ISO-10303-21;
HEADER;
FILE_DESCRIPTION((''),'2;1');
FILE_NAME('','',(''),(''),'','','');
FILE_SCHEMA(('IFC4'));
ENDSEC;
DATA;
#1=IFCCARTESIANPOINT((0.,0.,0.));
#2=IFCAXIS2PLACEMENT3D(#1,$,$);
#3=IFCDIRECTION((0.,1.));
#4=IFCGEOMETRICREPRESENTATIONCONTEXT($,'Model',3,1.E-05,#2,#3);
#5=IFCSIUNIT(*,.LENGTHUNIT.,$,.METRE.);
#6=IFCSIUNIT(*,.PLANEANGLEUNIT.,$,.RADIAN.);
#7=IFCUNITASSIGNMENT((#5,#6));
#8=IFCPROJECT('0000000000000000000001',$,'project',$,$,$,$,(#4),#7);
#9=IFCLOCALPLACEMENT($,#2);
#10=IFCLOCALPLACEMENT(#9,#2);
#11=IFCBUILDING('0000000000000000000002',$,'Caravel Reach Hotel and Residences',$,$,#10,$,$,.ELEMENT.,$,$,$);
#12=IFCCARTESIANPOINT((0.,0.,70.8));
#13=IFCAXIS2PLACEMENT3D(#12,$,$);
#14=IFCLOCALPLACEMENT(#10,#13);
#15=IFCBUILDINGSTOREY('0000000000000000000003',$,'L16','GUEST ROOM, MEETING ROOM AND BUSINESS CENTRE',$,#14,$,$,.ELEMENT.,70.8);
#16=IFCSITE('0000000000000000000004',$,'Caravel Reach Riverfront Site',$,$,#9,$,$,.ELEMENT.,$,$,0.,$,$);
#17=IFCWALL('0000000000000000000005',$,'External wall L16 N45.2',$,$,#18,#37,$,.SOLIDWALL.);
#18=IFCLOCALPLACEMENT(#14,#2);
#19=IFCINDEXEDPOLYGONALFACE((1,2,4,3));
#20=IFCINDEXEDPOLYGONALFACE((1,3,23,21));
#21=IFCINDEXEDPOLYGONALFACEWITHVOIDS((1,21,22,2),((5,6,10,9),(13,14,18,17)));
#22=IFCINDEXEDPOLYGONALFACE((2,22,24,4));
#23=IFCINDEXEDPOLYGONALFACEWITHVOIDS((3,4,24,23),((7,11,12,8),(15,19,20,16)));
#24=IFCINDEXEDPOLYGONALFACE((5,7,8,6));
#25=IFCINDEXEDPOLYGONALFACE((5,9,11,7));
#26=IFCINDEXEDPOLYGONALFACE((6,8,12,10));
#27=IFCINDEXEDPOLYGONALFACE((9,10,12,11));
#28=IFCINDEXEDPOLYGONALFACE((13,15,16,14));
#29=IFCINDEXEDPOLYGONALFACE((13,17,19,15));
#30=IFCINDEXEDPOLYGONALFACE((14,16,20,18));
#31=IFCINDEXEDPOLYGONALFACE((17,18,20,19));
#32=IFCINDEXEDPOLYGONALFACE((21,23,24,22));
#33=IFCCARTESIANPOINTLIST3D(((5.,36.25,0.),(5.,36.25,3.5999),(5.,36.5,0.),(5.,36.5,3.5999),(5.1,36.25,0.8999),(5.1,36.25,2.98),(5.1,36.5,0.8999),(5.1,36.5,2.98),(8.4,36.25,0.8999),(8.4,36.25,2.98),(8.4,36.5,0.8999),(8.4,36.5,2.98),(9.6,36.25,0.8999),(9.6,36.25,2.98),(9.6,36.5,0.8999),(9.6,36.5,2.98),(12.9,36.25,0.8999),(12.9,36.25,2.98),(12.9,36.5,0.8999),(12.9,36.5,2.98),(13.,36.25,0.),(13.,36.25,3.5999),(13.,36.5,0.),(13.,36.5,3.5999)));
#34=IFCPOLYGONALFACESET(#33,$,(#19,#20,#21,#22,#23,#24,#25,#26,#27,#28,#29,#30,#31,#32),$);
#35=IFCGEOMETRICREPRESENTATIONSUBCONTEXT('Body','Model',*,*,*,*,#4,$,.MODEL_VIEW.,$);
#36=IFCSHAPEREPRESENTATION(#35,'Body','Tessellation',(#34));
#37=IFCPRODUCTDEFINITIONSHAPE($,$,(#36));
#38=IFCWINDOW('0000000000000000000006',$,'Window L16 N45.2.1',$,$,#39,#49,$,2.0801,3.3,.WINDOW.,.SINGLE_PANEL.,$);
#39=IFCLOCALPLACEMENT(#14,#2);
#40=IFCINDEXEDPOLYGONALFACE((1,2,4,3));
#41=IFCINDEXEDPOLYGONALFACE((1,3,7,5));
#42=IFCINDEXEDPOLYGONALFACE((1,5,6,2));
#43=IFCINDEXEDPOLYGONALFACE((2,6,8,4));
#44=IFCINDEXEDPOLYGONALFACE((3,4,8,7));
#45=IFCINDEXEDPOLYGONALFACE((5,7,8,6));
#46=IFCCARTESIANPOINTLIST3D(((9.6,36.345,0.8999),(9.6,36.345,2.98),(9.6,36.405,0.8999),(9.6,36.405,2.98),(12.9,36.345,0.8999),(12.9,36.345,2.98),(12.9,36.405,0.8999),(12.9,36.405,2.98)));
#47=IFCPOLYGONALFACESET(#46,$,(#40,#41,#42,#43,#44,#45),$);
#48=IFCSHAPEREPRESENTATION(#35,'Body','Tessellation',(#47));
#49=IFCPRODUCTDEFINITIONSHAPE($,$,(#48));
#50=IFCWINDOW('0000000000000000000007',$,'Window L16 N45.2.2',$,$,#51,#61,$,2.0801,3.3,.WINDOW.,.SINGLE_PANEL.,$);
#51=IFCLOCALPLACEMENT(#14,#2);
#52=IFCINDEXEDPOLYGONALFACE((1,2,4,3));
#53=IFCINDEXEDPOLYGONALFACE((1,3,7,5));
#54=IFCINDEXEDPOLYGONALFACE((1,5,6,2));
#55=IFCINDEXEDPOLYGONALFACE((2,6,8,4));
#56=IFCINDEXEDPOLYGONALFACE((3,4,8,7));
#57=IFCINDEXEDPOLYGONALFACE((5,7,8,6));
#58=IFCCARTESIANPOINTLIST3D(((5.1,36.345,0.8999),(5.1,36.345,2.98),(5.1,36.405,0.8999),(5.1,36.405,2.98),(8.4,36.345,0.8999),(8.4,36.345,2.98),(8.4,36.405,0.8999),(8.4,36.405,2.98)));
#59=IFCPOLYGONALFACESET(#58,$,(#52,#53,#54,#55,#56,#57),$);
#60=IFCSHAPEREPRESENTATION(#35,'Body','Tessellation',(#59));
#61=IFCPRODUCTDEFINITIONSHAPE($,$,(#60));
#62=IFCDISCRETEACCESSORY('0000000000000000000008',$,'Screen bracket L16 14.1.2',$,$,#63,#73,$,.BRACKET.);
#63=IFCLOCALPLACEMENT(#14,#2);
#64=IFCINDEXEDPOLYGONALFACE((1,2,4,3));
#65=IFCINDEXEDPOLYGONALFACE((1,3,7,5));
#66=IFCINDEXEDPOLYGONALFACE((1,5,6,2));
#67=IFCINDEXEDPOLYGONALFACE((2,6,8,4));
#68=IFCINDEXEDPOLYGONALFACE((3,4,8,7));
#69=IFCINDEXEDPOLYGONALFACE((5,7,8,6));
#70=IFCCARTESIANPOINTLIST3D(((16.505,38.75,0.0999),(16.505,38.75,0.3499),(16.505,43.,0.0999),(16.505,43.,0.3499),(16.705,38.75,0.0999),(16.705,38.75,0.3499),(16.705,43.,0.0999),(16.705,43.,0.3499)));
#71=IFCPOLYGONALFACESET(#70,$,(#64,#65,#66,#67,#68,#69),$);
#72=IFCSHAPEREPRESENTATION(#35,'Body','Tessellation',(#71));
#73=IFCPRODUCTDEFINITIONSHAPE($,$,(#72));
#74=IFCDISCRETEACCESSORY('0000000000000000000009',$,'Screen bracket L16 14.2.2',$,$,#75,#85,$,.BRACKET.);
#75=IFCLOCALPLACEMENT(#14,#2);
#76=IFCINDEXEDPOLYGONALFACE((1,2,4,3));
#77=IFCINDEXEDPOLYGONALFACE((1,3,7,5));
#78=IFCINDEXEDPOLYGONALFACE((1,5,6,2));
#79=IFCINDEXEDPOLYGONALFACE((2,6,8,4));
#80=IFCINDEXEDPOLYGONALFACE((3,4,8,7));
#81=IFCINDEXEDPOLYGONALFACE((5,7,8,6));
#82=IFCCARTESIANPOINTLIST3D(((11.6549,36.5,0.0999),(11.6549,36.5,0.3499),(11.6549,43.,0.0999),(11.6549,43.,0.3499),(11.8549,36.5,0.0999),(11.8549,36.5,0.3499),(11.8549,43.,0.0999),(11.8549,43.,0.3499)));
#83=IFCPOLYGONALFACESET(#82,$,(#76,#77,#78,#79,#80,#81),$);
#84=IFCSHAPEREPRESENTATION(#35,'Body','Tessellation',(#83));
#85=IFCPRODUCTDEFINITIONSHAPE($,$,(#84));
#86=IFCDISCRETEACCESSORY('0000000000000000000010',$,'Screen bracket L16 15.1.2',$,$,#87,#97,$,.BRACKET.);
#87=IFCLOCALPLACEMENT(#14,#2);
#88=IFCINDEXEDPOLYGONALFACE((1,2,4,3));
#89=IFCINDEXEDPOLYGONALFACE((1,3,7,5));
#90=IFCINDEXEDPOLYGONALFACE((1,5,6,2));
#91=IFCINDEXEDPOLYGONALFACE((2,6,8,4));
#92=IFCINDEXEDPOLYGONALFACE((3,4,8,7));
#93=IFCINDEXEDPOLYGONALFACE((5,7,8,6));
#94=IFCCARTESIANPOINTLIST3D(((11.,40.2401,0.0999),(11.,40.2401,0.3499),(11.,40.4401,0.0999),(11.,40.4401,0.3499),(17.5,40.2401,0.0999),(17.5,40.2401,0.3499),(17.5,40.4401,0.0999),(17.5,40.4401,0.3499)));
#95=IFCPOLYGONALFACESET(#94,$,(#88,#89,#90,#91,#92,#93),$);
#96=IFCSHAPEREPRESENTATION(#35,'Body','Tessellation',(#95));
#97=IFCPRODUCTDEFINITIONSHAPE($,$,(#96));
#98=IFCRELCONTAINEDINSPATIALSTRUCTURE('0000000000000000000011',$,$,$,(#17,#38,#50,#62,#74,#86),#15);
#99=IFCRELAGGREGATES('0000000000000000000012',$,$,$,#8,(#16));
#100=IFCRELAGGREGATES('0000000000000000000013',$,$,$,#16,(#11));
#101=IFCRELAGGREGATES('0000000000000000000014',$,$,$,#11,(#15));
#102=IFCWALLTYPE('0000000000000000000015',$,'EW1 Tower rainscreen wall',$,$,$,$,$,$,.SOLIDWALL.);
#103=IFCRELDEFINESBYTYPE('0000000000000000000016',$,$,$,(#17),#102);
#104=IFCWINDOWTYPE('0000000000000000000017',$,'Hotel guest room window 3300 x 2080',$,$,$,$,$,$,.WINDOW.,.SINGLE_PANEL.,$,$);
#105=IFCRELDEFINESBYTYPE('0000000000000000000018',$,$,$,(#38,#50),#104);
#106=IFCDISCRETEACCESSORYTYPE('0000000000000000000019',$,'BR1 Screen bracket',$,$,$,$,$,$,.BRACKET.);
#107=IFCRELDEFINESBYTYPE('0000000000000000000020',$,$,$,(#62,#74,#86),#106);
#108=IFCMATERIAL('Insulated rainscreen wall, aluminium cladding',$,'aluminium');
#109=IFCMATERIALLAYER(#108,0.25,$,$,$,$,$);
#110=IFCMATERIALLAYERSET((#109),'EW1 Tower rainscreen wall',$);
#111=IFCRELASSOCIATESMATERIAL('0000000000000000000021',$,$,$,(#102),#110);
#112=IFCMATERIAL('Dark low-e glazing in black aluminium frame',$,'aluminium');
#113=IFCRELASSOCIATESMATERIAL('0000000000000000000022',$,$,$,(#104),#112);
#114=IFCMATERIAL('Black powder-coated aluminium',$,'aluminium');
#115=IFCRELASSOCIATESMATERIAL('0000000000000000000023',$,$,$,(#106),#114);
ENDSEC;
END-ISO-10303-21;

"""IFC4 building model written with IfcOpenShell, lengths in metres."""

from ifc_helpers import new_model, si_unit, direction, frame, frame_2d, origin, origin_2d, place, context, subcontext, project, spatial, rectangle, extrude, material, layer, layer_set, type_object, element, fill, save


model = new_model("IFC4")

# Units and contexts
model_context = context("Model", 3, precision=1e-05, world=origin(), true_north=direction((0.0, 1.0)))
body_context = subcontext(model_context, "Body", "Model", "MODEL_VIEW")
ifc_project = project(units=[si_unit("LENGTHUNIT", "METRE"), si_unit("PLANEANGLEUNIT", "RADIAN")], contexts=[model_context])

# Site, building, storey
site_placement = place(None, origin())
site = spatial("IfcSite", under=ifc_project, at=site_placement, Name="Caravel Reach Riverfront Site", CompositionType="ELEMENT", RefElevation=0.0)
building_placement = place(site_placement, origin())
building = spatial("IfcBuilding", under=site, at=building_placement, Name="Caravel Reach Hotel and Residences", CompositionType="ELEMENT")
storey_placement = place(building_placement, frame((0.0, 0.0, 70.8)))
storey = spatial("IfcBuildingStorey", under=building, at=storey_placement, Name="L16", Description="GUEST ROOM, MEETING ROOM AND BUSINESS CENTRE", CompositionType="ELEMENT", Elevation=70.8)

# Shared definitions
ifc_material_1 = material(Name="Insulated rainscreen wall, aluminium cladding", Category="aluminium")
ifc_layer = layer(ifc_material_1, 0.25)
ifc_layer_set = layer_set([ifc_layer], Name="EW1 Tower rainscreen wall")
wall_type = type_object("IfcWallType", Name="EW1 Tower rainscreen wall", PredefinedType="SOLIDWALL", material=ifc_layer_set)

# Wall, openings, windows
wall_1_placement = place(storey_placement, frame((13.0, 36.375, 0.0), z_axis=(0.0, 0.0, 1.0), x_axis=(-1.0, 0.0, 0.0)))
wall_1 = element("IfcWall", 1, at=wall_1_placement, inside=storey, type_object=wall_type, Name="External wall L16 N45.2", PredefinedType="SOLIDWALL", context=body_context, shape_type="SweptSolid", body=[
    extrude(rectangle(XDim=8.0, YDim=0.25, at=frame_2d((4.0, 0.0))), origin(), (0.0, 0.0, 1.0), 3.5999),
])
opening_1_placement = place(wall_1_placement, frame((0.1001, 0.0, 0.8999)))
opening_1 = element("IfcOpeningElement", 2, at=opening_1_placement, cuts=wall_1, PredefinedType="OPENING", context=body_context, shape_type="SweptSolid", body=[
    extrude(rectangle(XDim=3.3, YDim=2.0801, at=frame_2d((1.6499, 1.04))), frame((0.0, 0.135, 0.0), z_axis=(0.0, -1.0, 0.0), x_axis=(1.0, 0.0, 0.0)), (0.0, 0.0, 1.0), 0.27),
])
opening_2_placement = place(wall_1_placement, frame((4.6001, 0.0, 0.8999)))
opening_2 = element("IfcOpeningElement", 3, at=opening_2_placement, cuts=wall_1, PredefinedType="OPENING", context=body_context, shape_type="SweptSolid", body=[
    extrude(rectangle(XDim=3.3, YDim=2.0801, at=frame_2d((1.6499, 1.04))), frame((0.0, 0.135, 0.0), z_axis=(0.0, -1.0, 0.0), x_axis=(1.0, 0.0, 0.0)), (0.0, 0.0, 1.0), 0.27),
])
ifc_material_2 = material(Name="Dark low-e glazing in black aluminium frame", Category="aluminium")
window_type_1 = type_object("IfcWindowType", Name="Hotel guest room window 3300 x 2080", PartitioningType="SINGLE_PANEL", PredefinedType="WINDOW", material=ifc_material_2)
window_1_placement = place(opening_1_placement, origin())
window_1 = element("IfcWindow", 4, at=window_1_placement, inside=storey, type_object=window_type_1, Name="Window L16 N45.2.1", OverallHeight=2.0801, OverallWidth=3.3, PartitioningType="SINGLE_PANEL", PredefinedType="WINDOW", context=body_context, shape_type="SweptSolid", body=[
    extrude(rectangle(XDim=3.3, YDim=2.0801, at=frame_2d((1.6499, 1.04))), frame((0.0, 0.03, 0.0), z_axis=(0.0, -1.0, 0.0), x_axis=(1.0, 0.0, 0.0)), (0.0, 0.0, 1.0), 0.0601),
])
fill(opening_1, window_1)
window_2_placement = place(opening_2_placement, origin())
window_2 = element("IfcWindow", 5, at=window_2_placement, inside=storey, type_object=window_type_1, Name="Window L16 N45.2.2", OverallHeight=2.0801, OverallWidth=3.3, PartitioningType="SINGLE_PANEL", PredefinedType="WINDOW", context=body_context, shape_type="SweptSolid", body=[
    extrude(rectangle(XDim=3.3, YDim=2.0801, at=frame_2d((1.6499, 1.04))), frame((0.0, 0.03, 0.0), z_axis=(0.0, -1.0, 0.0), x_axis=(1.0, 0.0, 0.0)), (0.0, 0.0, 1.0), 0.0601),
])
fill(opening_2, window_2)

# Discrete accessories
ifc_material_3 = material(Name="Black powder-coated aluminium", Category="aluminium")
discrete_accessory_type = type_object("IfcDiscreteAccessoryType", Name="BR1 Screen bracket", PredefinedType="BRACKET", material=ifc_material_3)
discrete_accessory_placement = place(storey_placement, frame((16.605, 40.875, 0.0999), z_axis=(0.0, 0.0, 1.0), x_axis=(0.0, 1.0, 0.0)))
element("IfcDiscreteAccessory", 6, at=discrete_accessory_placement, inside=storey, type_object=discrete_accessory_type, Name="Screen bracket L16 14.1.2", PredefinedType="BRACKET", context=body_context, shape_type="SweptSolid", body=[
    extrude(rectangle(XDim=4.25, YDim=0.2, at=origin_2d()), origin(), (0.0, 0.0, 1.0), 0.25),
])
for number, where, z_axis, x_axis, name in (
    (7, (11.7549, 39.75, 0.0999), (0.0, 0.0, 1.0), (0.0, 1.0, 0.0), "Screen bracket L16 14.2.2"),
    (8, (14.25, 40.3401, 0.0999), (0.0, 0.0, 1.0), (-1.0, 0.0, 0.0), "Screen bracket L16 15.1.2"),
):
    element("IfcDiscreteAccessory", number, at=place(storey_placement, frame(where, z_axis=z_axis, x_axis=x_axis)), inside=storey, type_object=discrete_accessory_type, Name=name, PredefinedType="BRACKET", context=body_context, shape_type="SweptSolid", body=[
        extrude(rectangle(XDim=6.5, YDim=0.2, at=origin_2d()), origin(), (0.0, 0.0, 1.0), 0.25),
    ])

save(model, "model.ifc")
